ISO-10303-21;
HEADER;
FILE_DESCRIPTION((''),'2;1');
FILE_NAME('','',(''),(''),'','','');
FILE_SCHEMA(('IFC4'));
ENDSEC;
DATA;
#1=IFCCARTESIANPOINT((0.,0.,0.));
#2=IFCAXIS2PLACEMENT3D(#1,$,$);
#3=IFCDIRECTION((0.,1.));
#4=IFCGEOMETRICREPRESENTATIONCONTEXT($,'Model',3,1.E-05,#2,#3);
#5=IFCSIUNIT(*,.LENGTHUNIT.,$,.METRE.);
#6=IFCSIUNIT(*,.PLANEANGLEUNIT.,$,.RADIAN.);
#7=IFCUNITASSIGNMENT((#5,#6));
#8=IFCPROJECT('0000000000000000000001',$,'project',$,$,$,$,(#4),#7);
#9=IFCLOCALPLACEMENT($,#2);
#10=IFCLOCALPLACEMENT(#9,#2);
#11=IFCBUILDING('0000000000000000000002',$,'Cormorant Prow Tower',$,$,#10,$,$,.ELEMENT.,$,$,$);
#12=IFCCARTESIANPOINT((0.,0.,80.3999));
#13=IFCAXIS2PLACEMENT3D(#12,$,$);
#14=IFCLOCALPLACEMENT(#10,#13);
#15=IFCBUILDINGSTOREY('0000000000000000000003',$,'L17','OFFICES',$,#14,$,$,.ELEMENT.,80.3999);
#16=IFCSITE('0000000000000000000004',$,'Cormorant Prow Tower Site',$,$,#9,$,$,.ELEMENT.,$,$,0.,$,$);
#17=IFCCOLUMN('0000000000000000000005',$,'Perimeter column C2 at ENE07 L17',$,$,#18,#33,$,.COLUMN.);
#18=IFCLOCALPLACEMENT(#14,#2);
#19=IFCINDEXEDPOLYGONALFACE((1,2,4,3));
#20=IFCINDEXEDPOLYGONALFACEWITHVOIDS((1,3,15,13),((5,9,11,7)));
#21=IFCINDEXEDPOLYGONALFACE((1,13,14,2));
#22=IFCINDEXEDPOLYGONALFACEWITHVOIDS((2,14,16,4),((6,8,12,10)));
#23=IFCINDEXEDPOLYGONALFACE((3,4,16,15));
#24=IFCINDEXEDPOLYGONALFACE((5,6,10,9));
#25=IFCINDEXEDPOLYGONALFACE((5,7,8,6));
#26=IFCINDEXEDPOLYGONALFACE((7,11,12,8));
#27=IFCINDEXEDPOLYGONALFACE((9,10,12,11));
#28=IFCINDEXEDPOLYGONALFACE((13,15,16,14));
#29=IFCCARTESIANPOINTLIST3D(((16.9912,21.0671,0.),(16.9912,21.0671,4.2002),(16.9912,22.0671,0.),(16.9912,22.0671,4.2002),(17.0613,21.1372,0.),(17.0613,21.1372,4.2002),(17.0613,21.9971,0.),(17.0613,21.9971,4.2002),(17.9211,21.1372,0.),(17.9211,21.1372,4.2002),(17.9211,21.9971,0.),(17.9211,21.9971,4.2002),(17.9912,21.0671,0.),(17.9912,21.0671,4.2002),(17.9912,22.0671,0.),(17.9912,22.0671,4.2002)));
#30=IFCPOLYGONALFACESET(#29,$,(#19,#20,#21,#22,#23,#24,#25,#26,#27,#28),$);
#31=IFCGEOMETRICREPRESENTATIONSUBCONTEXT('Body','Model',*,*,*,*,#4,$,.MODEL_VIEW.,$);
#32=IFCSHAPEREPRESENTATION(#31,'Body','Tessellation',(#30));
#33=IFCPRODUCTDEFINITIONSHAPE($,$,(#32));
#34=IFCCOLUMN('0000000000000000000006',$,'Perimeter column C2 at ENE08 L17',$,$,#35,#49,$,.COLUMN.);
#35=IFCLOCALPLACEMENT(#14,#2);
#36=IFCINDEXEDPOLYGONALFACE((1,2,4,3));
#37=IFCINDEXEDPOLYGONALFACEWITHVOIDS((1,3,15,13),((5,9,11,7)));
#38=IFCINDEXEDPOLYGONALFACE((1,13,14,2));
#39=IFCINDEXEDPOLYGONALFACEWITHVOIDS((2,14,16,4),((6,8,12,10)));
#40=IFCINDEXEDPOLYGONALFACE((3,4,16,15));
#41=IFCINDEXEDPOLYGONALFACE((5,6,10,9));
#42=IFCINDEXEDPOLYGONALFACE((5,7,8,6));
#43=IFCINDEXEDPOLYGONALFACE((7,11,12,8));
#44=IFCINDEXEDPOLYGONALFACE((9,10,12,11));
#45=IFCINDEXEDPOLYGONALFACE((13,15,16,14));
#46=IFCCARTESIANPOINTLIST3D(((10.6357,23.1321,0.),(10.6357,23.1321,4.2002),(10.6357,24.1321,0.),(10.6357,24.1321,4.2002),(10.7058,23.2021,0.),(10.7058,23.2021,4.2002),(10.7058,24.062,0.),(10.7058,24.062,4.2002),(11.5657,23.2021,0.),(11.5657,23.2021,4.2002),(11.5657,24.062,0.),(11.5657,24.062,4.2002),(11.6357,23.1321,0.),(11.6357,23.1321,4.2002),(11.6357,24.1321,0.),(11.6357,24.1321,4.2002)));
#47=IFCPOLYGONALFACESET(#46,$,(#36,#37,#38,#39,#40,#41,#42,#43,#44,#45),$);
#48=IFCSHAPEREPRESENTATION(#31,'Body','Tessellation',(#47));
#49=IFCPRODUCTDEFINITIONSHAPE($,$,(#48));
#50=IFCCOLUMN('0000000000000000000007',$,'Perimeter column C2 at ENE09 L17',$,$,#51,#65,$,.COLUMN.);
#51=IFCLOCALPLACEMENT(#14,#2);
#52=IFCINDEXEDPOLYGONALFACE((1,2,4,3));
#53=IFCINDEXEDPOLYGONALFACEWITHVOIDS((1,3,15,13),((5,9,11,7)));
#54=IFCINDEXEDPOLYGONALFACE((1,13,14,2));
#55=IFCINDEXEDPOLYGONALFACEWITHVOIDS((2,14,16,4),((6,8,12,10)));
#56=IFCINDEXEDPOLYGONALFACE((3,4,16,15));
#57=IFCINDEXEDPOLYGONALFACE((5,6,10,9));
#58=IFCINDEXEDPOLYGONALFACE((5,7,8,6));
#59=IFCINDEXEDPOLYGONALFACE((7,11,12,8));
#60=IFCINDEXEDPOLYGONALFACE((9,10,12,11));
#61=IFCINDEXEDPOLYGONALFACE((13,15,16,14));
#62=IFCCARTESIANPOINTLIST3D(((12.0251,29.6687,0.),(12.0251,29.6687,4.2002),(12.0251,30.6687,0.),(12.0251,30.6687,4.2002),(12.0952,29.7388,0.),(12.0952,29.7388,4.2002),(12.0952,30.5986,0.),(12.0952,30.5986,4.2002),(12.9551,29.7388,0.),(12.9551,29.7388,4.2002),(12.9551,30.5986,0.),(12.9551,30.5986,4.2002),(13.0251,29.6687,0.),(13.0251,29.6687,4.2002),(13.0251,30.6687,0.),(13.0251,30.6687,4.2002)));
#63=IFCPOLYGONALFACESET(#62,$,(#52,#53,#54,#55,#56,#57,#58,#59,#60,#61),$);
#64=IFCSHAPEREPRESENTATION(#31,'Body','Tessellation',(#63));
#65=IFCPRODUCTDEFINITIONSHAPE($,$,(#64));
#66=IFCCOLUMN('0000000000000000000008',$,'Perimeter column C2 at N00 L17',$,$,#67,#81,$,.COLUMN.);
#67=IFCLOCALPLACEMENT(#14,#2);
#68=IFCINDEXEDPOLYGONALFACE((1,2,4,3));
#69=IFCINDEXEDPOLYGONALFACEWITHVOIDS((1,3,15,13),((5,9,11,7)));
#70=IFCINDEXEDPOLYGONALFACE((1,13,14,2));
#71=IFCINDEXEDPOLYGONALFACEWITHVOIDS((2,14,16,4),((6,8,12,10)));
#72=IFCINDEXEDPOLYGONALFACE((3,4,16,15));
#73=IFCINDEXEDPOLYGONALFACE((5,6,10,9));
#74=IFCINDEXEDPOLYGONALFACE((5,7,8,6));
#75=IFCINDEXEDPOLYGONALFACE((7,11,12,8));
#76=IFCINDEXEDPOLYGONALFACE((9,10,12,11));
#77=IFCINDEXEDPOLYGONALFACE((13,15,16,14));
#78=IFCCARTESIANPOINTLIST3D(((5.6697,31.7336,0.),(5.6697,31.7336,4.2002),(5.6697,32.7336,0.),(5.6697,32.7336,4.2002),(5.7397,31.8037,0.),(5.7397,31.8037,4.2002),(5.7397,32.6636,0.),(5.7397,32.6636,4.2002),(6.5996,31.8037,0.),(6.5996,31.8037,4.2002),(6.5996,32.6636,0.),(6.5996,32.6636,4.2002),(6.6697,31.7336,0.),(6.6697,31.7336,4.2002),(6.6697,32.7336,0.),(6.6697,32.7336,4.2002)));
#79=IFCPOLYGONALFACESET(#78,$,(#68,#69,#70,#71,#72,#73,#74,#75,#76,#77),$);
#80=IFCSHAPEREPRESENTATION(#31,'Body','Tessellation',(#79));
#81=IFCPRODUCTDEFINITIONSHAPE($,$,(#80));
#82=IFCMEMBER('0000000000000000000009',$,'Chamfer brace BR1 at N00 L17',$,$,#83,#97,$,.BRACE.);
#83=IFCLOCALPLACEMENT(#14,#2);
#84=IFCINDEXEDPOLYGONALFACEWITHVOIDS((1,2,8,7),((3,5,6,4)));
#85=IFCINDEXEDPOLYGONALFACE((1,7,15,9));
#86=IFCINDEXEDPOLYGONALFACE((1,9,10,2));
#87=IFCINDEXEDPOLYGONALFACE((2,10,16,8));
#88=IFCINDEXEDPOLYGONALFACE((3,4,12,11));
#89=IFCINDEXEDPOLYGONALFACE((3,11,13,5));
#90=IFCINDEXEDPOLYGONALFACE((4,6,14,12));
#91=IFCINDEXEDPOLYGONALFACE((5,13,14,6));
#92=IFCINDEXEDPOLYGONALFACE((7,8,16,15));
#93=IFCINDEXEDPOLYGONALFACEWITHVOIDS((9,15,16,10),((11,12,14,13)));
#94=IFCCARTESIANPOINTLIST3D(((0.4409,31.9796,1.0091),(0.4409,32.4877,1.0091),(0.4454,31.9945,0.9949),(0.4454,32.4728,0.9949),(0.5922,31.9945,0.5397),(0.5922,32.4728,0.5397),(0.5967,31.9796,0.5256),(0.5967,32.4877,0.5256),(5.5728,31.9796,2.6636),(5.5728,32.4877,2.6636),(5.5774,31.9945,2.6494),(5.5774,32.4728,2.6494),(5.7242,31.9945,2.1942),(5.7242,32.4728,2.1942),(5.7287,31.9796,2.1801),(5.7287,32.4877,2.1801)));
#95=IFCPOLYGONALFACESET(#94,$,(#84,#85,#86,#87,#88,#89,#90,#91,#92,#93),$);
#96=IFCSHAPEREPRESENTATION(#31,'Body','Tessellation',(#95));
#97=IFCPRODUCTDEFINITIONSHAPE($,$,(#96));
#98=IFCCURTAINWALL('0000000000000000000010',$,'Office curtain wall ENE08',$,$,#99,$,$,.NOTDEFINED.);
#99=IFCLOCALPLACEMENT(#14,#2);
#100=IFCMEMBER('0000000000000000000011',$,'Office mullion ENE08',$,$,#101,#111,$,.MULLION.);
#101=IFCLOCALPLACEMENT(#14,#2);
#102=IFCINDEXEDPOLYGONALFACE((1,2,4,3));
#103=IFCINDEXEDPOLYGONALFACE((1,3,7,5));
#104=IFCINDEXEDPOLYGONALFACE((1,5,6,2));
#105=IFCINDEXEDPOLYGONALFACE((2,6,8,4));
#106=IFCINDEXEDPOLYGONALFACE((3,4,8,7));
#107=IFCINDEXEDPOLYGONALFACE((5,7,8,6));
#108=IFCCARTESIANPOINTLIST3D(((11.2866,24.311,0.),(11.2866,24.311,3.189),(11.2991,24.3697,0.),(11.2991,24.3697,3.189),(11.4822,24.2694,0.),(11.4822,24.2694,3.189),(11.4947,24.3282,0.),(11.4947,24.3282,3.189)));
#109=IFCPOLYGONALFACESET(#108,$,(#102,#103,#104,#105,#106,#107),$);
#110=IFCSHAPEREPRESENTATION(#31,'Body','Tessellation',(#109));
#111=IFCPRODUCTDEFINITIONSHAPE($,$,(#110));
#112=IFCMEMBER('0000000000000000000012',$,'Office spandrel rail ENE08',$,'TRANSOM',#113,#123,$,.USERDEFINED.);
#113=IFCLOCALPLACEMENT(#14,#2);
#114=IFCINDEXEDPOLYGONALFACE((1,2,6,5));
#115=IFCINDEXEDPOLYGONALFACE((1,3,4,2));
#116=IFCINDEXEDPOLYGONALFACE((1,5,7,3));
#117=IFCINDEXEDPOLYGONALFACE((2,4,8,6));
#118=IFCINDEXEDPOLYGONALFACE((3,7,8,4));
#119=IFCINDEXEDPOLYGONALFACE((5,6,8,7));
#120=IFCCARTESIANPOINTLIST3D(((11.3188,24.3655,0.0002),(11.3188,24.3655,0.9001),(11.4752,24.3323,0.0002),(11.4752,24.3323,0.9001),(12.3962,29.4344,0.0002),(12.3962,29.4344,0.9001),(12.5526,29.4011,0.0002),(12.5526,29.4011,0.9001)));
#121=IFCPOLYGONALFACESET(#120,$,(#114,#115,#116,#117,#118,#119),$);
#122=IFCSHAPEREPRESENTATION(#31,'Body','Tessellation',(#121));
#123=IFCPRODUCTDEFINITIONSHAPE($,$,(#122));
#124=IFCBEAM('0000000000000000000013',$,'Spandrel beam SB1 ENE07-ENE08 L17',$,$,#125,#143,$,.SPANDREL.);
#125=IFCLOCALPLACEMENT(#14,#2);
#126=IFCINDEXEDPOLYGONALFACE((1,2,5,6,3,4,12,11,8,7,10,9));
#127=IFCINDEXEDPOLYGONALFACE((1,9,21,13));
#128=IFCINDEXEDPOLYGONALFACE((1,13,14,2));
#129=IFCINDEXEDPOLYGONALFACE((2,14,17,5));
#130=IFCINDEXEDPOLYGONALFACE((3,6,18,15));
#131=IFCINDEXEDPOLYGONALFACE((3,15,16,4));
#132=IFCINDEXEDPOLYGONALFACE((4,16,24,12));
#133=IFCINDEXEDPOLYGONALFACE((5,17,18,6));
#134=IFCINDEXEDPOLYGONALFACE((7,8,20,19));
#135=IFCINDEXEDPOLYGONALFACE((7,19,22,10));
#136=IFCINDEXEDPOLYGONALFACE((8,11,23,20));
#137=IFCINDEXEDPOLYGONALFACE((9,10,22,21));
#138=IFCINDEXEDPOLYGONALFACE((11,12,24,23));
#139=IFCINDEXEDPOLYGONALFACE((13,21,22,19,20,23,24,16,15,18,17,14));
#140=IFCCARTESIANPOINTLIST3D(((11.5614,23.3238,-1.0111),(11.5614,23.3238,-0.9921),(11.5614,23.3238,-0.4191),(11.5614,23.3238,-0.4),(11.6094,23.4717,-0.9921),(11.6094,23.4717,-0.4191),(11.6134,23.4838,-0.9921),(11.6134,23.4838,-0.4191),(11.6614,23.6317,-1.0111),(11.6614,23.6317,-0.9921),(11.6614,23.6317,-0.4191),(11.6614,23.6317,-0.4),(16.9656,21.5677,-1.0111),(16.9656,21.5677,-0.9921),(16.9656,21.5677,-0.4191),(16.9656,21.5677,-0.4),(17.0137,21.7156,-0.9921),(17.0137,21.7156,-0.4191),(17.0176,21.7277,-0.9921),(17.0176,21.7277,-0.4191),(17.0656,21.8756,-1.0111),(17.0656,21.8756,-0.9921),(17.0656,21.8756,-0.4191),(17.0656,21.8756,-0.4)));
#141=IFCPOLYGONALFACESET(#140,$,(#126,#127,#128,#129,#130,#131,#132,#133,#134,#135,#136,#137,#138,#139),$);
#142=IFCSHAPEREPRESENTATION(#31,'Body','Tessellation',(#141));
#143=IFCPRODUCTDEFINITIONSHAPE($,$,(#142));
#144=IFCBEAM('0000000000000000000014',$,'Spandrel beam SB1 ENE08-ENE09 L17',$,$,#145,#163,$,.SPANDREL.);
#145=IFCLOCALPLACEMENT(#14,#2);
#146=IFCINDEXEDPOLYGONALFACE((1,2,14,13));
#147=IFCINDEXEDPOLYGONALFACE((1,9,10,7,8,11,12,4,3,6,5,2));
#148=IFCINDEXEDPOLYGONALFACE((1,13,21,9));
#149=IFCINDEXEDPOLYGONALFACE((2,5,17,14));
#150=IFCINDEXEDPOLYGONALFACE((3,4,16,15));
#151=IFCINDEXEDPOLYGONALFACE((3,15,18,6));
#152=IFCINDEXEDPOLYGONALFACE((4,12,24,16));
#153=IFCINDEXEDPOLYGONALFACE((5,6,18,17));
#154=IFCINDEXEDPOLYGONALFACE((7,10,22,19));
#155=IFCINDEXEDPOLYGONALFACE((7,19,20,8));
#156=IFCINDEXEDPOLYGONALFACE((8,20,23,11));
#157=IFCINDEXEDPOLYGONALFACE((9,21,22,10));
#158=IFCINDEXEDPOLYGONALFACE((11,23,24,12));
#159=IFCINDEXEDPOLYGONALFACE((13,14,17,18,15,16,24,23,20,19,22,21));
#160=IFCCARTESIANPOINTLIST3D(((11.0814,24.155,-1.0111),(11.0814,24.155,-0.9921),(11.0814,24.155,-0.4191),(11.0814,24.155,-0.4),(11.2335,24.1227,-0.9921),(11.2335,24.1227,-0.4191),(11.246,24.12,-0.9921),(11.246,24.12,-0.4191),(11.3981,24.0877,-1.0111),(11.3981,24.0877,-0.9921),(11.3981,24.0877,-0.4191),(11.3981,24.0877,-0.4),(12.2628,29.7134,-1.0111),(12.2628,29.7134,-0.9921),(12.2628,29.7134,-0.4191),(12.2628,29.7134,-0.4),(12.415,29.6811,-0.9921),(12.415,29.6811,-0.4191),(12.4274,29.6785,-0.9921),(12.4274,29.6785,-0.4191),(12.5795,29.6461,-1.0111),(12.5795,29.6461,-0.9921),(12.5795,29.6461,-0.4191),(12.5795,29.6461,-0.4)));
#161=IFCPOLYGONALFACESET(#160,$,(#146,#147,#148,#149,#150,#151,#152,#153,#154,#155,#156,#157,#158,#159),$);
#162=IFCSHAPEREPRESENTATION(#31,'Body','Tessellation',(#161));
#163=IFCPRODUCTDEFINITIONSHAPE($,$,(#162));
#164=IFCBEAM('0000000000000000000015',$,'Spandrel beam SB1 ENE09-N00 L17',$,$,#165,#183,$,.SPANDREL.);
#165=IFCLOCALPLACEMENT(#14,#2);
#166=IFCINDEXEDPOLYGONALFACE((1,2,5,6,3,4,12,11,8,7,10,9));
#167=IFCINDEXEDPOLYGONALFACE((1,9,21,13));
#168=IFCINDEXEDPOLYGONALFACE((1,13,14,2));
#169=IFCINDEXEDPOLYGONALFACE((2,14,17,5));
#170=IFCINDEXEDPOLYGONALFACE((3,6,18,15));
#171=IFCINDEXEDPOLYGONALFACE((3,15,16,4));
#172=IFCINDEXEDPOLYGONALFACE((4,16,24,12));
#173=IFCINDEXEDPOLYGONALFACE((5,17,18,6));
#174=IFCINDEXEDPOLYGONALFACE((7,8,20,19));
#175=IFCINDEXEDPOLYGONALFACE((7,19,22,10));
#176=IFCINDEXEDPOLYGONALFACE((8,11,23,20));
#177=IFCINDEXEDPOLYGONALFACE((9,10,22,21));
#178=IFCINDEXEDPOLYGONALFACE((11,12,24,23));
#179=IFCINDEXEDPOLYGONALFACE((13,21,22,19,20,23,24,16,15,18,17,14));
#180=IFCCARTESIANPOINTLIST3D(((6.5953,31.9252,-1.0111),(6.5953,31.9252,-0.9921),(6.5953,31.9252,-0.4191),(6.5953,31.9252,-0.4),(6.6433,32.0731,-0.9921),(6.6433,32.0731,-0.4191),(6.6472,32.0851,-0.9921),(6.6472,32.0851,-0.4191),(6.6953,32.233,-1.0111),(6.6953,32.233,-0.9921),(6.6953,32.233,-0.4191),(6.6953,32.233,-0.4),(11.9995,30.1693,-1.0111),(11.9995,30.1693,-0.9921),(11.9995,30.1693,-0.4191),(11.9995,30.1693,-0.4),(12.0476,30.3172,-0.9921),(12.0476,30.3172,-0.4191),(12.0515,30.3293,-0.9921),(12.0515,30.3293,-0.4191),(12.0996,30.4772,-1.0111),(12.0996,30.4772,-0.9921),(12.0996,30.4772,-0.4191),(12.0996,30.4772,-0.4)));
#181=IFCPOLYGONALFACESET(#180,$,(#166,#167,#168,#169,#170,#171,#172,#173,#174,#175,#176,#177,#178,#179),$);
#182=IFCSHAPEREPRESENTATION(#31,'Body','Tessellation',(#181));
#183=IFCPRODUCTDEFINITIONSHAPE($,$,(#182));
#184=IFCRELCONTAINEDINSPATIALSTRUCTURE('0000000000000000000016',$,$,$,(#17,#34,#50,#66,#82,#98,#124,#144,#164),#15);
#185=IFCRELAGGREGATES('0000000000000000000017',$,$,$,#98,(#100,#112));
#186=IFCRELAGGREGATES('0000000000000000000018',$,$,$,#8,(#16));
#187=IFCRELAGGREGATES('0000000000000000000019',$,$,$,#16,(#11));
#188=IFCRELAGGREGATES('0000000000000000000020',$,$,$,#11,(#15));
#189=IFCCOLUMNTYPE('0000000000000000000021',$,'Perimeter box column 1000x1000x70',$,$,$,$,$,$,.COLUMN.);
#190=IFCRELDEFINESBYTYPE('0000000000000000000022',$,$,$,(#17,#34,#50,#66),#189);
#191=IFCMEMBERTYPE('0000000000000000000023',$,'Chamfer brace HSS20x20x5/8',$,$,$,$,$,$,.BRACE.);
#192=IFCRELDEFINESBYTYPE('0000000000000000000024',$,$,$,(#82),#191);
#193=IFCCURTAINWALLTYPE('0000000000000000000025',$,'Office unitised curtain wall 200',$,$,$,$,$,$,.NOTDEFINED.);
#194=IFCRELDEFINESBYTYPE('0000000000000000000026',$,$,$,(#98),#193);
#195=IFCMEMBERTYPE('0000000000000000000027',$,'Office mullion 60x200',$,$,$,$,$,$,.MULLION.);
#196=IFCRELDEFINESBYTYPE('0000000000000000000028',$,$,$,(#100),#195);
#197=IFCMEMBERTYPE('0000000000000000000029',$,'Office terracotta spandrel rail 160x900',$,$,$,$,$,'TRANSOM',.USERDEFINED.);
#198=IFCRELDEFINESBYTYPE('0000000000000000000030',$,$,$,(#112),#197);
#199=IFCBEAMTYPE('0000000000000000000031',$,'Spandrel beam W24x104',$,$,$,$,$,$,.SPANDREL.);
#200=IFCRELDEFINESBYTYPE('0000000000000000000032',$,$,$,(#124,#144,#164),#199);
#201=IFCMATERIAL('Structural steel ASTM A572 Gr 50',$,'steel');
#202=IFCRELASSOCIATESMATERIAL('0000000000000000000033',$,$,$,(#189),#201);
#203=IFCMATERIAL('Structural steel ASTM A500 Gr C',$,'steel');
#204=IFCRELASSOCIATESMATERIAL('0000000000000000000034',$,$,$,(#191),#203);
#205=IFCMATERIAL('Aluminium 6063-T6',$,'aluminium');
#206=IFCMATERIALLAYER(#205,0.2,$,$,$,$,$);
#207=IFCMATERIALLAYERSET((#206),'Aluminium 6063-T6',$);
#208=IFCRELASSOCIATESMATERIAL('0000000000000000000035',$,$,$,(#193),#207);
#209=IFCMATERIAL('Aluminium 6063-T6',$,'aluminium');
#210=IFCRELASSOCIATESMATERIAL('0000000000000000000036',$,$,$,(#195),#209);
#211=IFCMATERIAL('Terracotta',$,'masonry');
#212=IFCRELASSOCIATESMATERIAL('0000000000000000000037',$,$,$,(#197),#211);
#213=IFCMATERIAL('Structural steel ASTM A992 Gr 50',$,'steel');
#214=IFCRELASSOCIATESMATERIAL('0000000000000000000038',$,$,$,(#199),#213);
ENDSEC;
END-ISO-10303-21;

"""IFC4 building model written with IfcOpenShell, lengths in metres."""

from ifc_helpers import new_model, si_unit, direction, frame, origin, origin_2d, place, context, subcontext, project, spatial, rectangle, hollow_rectangle, i_section, extrude, material, layer, layer_set, material_profile, profile_set, type_object, element, aggregate, save


model = new_model("IFC4")

# Units and contexts
model_context = context("Model", 3, precision=1e-05, world=origin(), true_north=direction((0.0, 1.0)))
body_context = subcontext(model_context, "Body", "Model", "MODEL_VIEW")
ifc_project = project(units=[si_unit("LENGTHUNIT", "METRE"), si_unit("PLANEANGLEUNIT", "RADIAN")], contexts=[model_context])

# Site, building, storey
site_placement = place(None, origin())
site = spatial("IfcSite", under=ifc_project, at=site_placement, Name="Cormorant Prow Tower Site", CompositionType="ELEMENT", RefElevation=0.0)
building_placement = place(site_placement, origin())
building = spatial("IfcBuilding", under=site, at=building_placement, Name="Cormorant Prow Tower", CompositionType="ELEMENT")
storey_placement = place(building_placement, frame((0.0, 0.0, 80.3999)))
storey = spatial("IfcBuildingStorey", under=building, at=storey_placement, Name="L17", Description="OFFICES", CompositionType="ELEMENT", Elevation=80.3999)

# Columns
ifc_material_1 = material(Name="Structural steel ASTM A572 Gr 50", Category="steel")
ifc_material_profile_1 = material_profile(ifc_material_1, hollow_rectangle(XDim=1.0, YDim=1.0, WallThickness=0.0701, at=origin_2d()), Name="Box 1000x1000x70")
ifc_profile_set_1 = profile_set([ifc_material_profile_1], Name="Structural steel ASTM A572 Gr 50")
column_type = type_object("IfcColumnType", Name="Perimeter box column 1000x1000x70", PredefinedType="COLUMN", material=ifc_profile_set_1)
for number, where, z_axis, x_axis, name in (
    (1, (17.4912, 21.5671, 0.0), (0.0, 0.0, 1.0), (1.0, 0.0, 0.0), "Perimeter column C2 at ENE07 L17"),
    (2, (11.1357, 23.6321, 0.0), (0.0, 0.0, 1.0), (1.0, 0.0, 0.0), "Perimeter column C2 at ENE08 L17"),
    (3, (12.5251, 30.1687, 0.0), (0.0, 0.0, 1.0), (1.0, 0.0, 0.0), "Perimeter column C2 at ENE09 L17"),
    (4, (6.1697, 32.2336, 0.0), (0.0, 0.0, 1.0), (1.0, 0.0, 0.0), "Perimeter column C2 at N00 L17"),
):
    element("IfcColumn", number, at=place(storey_placement, frame(where, z_axis=z_axis, x_axis=x_axis)), inside=storey, type_object=column_type, Name=name, PredefinedType="COLUMN", context=body_context, shape_type="SweptSolid", body=[
        extrude(hollow_rectangle(XDim=1.0, YDim=1.0, WallThickness=0.0701, at=origin_2d()), origin(), (0.0, 0.0, 1.0), 4.2002),
    ])

# Member
ifc_material_2 = material(Name="Structural steel ASTM A500 Gr C", Category="steel")
ifc_material_profile_2 = material_profile(ifc_material_2, hollow_rectangle(XDim=0.5081, YDim=0.5081, WallThickness=0.0149, at=origin_2d()), Name="HSS20x20x5/8")
ifc_profile_set_2 = profile_set([ifc_material_profile_2], Name="Structural steel ASTM A500 Gr C")
member_type_1 = type_object("IfcMemberType", Name="Chamfer brace HSS20x20x5/8", PredefinedType="BRACE", material=ifc_profile_set_2)
member_1_placement = place(storey_placement, frame((0.5188, 32.2336, 0.7673), z_axis=(0.951761, 0.0, 0.30684), x_axis=(0.0, 1.0, 0.0)))
element("IfcMember", 5, at=member_1_placement, inside=storey, type_object=member_type_1, Name="Chamfer brace BR1 at N00 L17", PredefinedType="BRACE", context=body_context, shape_type="SweptSolid", body=[
    extrude(hollow_rectangle(XDim=0.5081, YDim=0.5081, WallThickness=0.0149, at=origin_2d()), origin(), (0.0, 0.0, 1.0), 5.3921),
])

# Curtain wall, members
ifc_material_3 = material(Name="Aluminium 6063-T6", Category="aluminium")
ifc_layer_1 = layer(ifc_material_3, 0.2)
ifc_layer_set_1 = layer_set([ifc_layer_1], Name="Aluminium 6063-T6")
curtain_wall_type = type_object("IfcCurtainWallType", Name="Office unitised curtain wall 200", PredefinedType="NOTDEFINED", material=ifc_layer_set_1)
curtain_wall_placement = place(storey_placement, origin())
curtain_wall = element("IfcCurtainWall", 6, at=curtain_wall_placement, inside=storey, type_object=curtain_wall_type, Name="Office curtain wall ENE08", PredefinedType="NOTDEFINED")
ifc_material_4 = material(Name="Aluminium 6063-T6", Category="aluminium")
ifc_material_profile_3 = material_profile(ifc_material_4, rectangle(XDim=0.2, YDim=0.0601, at=origin_2d()), Name="Office mullion 60x200")
ifc_profile_set_3 = profile_set([ifc_material_profile_3], Name="Aluminium 6063-T6")
member_type_2 = type_object("IfcMemberType", Name="Office mullion 60x200", PredefinedType="MULLION", material=ifc_profile_set_3)
member_2_placement = place(storey_placement, frame((11.3906, 24.3196, 0.0), z_axis=(0.0, 0.0, 1.0), x_axis=(-0.978148, 0.207912, 0.0)))
member_2 = element("IfcMember", 7, at=member_2_placement, type_object=member_type_2, Name="Office mullion ENE08", PredefinedType="MULLION", context=body_context, shape_type="SweptSolid", body=[
    extrude(rectangle(XDim=0.2, YDim=0.0601, at=origin_2d()), origin(), (0.0, 0.0, 1.0), 3.189),
])
ifc_material_5 = material(Name="Terracotta", Category="masonry")
ifc_material_profile_4 = material_profile(ifc_material_5, rectangle(XDim=0.1599, YDim=0.8999, at=origin_2d()), Name="Office terracotta spandrel rail 160x900")
ifc_profile_set_4 = profile_set([ifc_material_profile_4], Name="Terracotta")
member_type_3 = type_object("IfcMemberType", Name="Office terracotta spandrel rail 160x900", ElementType="TRANSOM", PredefinedType="USERDEFINED", material=ifc_profile_set_4)
member_3_placement = place(storey_placement, frame((11.397, 24.3489, 0.4502), z_axis=(0.207907, 0.978149, 0.0), x_axis=(-0.978149, 0.207907, 0.0)))
member_3 = element("IfcMember", 8, at=member_3_placement, type_object=member_type_3, Name="Office spandrel rail ENE08", ObjectType="TRANSOM", PredefinedType="USERDEFINED", context=body_context, shape_type="SweptSolid", body=[
    extrude(rectangle(XDim=0.1599, YDim=0.8999, at=origin_2d()), origin(), (0.0, 0.0, 1.0), 5.1821),
])

# Beams
ifc_material_6 = material(Name="Structural steel ASTM A992 Gr 50", Category="steel")
ifc_material_profile_5 = material_profile(ifc_material_6, i_section(OverallWidth=0.3237, OverallDepth=0.6111, WebThickness=0.0127, FlangeThickness=0.019, at=origin_2d()), Name="W24x104")
ifc_profile_set_5 = profile_set([ifc_material_profile_5], Name="Structural steel ASTM A992 Gr 50")
beam_type = type_object("IfcBeamType", Name="Spandrel beam W24x104", PredefinedType="SPANDREL", material=ifc_profile_set_5)
beam_1_placement = place(storey_placement, frame((17.0156, 21.7217, -0.7056), z_axis=(-0.951049, 0.309039, 0.0), x_axis=(-0.309039, -0.951049, 0.0)))
element("IfcBeam", 9, at=beam_1_placement, inside=storey, type_object=beam_type, Name="Spandrel beam SB1 ENE07-ENE08 L17", PredefinedType="SPANDREL", context=body_context, shape_type="SweptSolid", body=[
    extrude(i_section(OverallWidth=0.3237, OverallDepth=0.6111, WebThickness=0.0127, FlangeThickness=0.019, at=origin_2d()), origin(), (0.0, 0.0, 1.0), 5.6824),
])
beam_2_placement = place(storey_placement, frame((11.2397, 24.1213, -0.7056), z_axis=(0.2079, 0.97815, 0.0), x_axis=(-0.97815, 0.2079, 0.0)))
element("IfcBeam", 10, at=beam_2_placement, inside=storey, type_object=beam_type, Name="Spandrel beam SB1 ENE08-ENE09 L17", PredefinedType="SPANDREL", context=body_context, shape_type="SweptSolid", body=[
    extrude(i_section(OverallWidth=0.3237, OverallDepth=0.6111, WebThickness=0.0127, FlangeThickness=0.019, at=origin_2d()), origin(), (0.0, 0.0, 1.0), 5.6826),
])
beam_3_placement = place(storey_placement, frame((12.0496, 30.3232, -0.7056), z_axis=(-0.951062, 0.309001, 0.0), x_axis=(-0.309001, -0.951062, 0.0)))
element("IfcBeam", 11, at=beam_3_placement, inside=storey, type_object=beam_type, Name="Spandrel beam SB1 ENE09-N00 L17", PredefinedType="SPANDREL", context=body_context, shape_type="SweptSolid", body=[
    extrude(i_section(OverallWidth=0.3237, OverallDepth=0.6111, WebThickness=0.0127, FlangeThickness=0.019, at=origin_2d()), origin(), (0.0, 0.0, 1.0), 5.6824),
])

aggregate(curtain_wall, [member_2, member_3])

save(model, "model.ifc")
